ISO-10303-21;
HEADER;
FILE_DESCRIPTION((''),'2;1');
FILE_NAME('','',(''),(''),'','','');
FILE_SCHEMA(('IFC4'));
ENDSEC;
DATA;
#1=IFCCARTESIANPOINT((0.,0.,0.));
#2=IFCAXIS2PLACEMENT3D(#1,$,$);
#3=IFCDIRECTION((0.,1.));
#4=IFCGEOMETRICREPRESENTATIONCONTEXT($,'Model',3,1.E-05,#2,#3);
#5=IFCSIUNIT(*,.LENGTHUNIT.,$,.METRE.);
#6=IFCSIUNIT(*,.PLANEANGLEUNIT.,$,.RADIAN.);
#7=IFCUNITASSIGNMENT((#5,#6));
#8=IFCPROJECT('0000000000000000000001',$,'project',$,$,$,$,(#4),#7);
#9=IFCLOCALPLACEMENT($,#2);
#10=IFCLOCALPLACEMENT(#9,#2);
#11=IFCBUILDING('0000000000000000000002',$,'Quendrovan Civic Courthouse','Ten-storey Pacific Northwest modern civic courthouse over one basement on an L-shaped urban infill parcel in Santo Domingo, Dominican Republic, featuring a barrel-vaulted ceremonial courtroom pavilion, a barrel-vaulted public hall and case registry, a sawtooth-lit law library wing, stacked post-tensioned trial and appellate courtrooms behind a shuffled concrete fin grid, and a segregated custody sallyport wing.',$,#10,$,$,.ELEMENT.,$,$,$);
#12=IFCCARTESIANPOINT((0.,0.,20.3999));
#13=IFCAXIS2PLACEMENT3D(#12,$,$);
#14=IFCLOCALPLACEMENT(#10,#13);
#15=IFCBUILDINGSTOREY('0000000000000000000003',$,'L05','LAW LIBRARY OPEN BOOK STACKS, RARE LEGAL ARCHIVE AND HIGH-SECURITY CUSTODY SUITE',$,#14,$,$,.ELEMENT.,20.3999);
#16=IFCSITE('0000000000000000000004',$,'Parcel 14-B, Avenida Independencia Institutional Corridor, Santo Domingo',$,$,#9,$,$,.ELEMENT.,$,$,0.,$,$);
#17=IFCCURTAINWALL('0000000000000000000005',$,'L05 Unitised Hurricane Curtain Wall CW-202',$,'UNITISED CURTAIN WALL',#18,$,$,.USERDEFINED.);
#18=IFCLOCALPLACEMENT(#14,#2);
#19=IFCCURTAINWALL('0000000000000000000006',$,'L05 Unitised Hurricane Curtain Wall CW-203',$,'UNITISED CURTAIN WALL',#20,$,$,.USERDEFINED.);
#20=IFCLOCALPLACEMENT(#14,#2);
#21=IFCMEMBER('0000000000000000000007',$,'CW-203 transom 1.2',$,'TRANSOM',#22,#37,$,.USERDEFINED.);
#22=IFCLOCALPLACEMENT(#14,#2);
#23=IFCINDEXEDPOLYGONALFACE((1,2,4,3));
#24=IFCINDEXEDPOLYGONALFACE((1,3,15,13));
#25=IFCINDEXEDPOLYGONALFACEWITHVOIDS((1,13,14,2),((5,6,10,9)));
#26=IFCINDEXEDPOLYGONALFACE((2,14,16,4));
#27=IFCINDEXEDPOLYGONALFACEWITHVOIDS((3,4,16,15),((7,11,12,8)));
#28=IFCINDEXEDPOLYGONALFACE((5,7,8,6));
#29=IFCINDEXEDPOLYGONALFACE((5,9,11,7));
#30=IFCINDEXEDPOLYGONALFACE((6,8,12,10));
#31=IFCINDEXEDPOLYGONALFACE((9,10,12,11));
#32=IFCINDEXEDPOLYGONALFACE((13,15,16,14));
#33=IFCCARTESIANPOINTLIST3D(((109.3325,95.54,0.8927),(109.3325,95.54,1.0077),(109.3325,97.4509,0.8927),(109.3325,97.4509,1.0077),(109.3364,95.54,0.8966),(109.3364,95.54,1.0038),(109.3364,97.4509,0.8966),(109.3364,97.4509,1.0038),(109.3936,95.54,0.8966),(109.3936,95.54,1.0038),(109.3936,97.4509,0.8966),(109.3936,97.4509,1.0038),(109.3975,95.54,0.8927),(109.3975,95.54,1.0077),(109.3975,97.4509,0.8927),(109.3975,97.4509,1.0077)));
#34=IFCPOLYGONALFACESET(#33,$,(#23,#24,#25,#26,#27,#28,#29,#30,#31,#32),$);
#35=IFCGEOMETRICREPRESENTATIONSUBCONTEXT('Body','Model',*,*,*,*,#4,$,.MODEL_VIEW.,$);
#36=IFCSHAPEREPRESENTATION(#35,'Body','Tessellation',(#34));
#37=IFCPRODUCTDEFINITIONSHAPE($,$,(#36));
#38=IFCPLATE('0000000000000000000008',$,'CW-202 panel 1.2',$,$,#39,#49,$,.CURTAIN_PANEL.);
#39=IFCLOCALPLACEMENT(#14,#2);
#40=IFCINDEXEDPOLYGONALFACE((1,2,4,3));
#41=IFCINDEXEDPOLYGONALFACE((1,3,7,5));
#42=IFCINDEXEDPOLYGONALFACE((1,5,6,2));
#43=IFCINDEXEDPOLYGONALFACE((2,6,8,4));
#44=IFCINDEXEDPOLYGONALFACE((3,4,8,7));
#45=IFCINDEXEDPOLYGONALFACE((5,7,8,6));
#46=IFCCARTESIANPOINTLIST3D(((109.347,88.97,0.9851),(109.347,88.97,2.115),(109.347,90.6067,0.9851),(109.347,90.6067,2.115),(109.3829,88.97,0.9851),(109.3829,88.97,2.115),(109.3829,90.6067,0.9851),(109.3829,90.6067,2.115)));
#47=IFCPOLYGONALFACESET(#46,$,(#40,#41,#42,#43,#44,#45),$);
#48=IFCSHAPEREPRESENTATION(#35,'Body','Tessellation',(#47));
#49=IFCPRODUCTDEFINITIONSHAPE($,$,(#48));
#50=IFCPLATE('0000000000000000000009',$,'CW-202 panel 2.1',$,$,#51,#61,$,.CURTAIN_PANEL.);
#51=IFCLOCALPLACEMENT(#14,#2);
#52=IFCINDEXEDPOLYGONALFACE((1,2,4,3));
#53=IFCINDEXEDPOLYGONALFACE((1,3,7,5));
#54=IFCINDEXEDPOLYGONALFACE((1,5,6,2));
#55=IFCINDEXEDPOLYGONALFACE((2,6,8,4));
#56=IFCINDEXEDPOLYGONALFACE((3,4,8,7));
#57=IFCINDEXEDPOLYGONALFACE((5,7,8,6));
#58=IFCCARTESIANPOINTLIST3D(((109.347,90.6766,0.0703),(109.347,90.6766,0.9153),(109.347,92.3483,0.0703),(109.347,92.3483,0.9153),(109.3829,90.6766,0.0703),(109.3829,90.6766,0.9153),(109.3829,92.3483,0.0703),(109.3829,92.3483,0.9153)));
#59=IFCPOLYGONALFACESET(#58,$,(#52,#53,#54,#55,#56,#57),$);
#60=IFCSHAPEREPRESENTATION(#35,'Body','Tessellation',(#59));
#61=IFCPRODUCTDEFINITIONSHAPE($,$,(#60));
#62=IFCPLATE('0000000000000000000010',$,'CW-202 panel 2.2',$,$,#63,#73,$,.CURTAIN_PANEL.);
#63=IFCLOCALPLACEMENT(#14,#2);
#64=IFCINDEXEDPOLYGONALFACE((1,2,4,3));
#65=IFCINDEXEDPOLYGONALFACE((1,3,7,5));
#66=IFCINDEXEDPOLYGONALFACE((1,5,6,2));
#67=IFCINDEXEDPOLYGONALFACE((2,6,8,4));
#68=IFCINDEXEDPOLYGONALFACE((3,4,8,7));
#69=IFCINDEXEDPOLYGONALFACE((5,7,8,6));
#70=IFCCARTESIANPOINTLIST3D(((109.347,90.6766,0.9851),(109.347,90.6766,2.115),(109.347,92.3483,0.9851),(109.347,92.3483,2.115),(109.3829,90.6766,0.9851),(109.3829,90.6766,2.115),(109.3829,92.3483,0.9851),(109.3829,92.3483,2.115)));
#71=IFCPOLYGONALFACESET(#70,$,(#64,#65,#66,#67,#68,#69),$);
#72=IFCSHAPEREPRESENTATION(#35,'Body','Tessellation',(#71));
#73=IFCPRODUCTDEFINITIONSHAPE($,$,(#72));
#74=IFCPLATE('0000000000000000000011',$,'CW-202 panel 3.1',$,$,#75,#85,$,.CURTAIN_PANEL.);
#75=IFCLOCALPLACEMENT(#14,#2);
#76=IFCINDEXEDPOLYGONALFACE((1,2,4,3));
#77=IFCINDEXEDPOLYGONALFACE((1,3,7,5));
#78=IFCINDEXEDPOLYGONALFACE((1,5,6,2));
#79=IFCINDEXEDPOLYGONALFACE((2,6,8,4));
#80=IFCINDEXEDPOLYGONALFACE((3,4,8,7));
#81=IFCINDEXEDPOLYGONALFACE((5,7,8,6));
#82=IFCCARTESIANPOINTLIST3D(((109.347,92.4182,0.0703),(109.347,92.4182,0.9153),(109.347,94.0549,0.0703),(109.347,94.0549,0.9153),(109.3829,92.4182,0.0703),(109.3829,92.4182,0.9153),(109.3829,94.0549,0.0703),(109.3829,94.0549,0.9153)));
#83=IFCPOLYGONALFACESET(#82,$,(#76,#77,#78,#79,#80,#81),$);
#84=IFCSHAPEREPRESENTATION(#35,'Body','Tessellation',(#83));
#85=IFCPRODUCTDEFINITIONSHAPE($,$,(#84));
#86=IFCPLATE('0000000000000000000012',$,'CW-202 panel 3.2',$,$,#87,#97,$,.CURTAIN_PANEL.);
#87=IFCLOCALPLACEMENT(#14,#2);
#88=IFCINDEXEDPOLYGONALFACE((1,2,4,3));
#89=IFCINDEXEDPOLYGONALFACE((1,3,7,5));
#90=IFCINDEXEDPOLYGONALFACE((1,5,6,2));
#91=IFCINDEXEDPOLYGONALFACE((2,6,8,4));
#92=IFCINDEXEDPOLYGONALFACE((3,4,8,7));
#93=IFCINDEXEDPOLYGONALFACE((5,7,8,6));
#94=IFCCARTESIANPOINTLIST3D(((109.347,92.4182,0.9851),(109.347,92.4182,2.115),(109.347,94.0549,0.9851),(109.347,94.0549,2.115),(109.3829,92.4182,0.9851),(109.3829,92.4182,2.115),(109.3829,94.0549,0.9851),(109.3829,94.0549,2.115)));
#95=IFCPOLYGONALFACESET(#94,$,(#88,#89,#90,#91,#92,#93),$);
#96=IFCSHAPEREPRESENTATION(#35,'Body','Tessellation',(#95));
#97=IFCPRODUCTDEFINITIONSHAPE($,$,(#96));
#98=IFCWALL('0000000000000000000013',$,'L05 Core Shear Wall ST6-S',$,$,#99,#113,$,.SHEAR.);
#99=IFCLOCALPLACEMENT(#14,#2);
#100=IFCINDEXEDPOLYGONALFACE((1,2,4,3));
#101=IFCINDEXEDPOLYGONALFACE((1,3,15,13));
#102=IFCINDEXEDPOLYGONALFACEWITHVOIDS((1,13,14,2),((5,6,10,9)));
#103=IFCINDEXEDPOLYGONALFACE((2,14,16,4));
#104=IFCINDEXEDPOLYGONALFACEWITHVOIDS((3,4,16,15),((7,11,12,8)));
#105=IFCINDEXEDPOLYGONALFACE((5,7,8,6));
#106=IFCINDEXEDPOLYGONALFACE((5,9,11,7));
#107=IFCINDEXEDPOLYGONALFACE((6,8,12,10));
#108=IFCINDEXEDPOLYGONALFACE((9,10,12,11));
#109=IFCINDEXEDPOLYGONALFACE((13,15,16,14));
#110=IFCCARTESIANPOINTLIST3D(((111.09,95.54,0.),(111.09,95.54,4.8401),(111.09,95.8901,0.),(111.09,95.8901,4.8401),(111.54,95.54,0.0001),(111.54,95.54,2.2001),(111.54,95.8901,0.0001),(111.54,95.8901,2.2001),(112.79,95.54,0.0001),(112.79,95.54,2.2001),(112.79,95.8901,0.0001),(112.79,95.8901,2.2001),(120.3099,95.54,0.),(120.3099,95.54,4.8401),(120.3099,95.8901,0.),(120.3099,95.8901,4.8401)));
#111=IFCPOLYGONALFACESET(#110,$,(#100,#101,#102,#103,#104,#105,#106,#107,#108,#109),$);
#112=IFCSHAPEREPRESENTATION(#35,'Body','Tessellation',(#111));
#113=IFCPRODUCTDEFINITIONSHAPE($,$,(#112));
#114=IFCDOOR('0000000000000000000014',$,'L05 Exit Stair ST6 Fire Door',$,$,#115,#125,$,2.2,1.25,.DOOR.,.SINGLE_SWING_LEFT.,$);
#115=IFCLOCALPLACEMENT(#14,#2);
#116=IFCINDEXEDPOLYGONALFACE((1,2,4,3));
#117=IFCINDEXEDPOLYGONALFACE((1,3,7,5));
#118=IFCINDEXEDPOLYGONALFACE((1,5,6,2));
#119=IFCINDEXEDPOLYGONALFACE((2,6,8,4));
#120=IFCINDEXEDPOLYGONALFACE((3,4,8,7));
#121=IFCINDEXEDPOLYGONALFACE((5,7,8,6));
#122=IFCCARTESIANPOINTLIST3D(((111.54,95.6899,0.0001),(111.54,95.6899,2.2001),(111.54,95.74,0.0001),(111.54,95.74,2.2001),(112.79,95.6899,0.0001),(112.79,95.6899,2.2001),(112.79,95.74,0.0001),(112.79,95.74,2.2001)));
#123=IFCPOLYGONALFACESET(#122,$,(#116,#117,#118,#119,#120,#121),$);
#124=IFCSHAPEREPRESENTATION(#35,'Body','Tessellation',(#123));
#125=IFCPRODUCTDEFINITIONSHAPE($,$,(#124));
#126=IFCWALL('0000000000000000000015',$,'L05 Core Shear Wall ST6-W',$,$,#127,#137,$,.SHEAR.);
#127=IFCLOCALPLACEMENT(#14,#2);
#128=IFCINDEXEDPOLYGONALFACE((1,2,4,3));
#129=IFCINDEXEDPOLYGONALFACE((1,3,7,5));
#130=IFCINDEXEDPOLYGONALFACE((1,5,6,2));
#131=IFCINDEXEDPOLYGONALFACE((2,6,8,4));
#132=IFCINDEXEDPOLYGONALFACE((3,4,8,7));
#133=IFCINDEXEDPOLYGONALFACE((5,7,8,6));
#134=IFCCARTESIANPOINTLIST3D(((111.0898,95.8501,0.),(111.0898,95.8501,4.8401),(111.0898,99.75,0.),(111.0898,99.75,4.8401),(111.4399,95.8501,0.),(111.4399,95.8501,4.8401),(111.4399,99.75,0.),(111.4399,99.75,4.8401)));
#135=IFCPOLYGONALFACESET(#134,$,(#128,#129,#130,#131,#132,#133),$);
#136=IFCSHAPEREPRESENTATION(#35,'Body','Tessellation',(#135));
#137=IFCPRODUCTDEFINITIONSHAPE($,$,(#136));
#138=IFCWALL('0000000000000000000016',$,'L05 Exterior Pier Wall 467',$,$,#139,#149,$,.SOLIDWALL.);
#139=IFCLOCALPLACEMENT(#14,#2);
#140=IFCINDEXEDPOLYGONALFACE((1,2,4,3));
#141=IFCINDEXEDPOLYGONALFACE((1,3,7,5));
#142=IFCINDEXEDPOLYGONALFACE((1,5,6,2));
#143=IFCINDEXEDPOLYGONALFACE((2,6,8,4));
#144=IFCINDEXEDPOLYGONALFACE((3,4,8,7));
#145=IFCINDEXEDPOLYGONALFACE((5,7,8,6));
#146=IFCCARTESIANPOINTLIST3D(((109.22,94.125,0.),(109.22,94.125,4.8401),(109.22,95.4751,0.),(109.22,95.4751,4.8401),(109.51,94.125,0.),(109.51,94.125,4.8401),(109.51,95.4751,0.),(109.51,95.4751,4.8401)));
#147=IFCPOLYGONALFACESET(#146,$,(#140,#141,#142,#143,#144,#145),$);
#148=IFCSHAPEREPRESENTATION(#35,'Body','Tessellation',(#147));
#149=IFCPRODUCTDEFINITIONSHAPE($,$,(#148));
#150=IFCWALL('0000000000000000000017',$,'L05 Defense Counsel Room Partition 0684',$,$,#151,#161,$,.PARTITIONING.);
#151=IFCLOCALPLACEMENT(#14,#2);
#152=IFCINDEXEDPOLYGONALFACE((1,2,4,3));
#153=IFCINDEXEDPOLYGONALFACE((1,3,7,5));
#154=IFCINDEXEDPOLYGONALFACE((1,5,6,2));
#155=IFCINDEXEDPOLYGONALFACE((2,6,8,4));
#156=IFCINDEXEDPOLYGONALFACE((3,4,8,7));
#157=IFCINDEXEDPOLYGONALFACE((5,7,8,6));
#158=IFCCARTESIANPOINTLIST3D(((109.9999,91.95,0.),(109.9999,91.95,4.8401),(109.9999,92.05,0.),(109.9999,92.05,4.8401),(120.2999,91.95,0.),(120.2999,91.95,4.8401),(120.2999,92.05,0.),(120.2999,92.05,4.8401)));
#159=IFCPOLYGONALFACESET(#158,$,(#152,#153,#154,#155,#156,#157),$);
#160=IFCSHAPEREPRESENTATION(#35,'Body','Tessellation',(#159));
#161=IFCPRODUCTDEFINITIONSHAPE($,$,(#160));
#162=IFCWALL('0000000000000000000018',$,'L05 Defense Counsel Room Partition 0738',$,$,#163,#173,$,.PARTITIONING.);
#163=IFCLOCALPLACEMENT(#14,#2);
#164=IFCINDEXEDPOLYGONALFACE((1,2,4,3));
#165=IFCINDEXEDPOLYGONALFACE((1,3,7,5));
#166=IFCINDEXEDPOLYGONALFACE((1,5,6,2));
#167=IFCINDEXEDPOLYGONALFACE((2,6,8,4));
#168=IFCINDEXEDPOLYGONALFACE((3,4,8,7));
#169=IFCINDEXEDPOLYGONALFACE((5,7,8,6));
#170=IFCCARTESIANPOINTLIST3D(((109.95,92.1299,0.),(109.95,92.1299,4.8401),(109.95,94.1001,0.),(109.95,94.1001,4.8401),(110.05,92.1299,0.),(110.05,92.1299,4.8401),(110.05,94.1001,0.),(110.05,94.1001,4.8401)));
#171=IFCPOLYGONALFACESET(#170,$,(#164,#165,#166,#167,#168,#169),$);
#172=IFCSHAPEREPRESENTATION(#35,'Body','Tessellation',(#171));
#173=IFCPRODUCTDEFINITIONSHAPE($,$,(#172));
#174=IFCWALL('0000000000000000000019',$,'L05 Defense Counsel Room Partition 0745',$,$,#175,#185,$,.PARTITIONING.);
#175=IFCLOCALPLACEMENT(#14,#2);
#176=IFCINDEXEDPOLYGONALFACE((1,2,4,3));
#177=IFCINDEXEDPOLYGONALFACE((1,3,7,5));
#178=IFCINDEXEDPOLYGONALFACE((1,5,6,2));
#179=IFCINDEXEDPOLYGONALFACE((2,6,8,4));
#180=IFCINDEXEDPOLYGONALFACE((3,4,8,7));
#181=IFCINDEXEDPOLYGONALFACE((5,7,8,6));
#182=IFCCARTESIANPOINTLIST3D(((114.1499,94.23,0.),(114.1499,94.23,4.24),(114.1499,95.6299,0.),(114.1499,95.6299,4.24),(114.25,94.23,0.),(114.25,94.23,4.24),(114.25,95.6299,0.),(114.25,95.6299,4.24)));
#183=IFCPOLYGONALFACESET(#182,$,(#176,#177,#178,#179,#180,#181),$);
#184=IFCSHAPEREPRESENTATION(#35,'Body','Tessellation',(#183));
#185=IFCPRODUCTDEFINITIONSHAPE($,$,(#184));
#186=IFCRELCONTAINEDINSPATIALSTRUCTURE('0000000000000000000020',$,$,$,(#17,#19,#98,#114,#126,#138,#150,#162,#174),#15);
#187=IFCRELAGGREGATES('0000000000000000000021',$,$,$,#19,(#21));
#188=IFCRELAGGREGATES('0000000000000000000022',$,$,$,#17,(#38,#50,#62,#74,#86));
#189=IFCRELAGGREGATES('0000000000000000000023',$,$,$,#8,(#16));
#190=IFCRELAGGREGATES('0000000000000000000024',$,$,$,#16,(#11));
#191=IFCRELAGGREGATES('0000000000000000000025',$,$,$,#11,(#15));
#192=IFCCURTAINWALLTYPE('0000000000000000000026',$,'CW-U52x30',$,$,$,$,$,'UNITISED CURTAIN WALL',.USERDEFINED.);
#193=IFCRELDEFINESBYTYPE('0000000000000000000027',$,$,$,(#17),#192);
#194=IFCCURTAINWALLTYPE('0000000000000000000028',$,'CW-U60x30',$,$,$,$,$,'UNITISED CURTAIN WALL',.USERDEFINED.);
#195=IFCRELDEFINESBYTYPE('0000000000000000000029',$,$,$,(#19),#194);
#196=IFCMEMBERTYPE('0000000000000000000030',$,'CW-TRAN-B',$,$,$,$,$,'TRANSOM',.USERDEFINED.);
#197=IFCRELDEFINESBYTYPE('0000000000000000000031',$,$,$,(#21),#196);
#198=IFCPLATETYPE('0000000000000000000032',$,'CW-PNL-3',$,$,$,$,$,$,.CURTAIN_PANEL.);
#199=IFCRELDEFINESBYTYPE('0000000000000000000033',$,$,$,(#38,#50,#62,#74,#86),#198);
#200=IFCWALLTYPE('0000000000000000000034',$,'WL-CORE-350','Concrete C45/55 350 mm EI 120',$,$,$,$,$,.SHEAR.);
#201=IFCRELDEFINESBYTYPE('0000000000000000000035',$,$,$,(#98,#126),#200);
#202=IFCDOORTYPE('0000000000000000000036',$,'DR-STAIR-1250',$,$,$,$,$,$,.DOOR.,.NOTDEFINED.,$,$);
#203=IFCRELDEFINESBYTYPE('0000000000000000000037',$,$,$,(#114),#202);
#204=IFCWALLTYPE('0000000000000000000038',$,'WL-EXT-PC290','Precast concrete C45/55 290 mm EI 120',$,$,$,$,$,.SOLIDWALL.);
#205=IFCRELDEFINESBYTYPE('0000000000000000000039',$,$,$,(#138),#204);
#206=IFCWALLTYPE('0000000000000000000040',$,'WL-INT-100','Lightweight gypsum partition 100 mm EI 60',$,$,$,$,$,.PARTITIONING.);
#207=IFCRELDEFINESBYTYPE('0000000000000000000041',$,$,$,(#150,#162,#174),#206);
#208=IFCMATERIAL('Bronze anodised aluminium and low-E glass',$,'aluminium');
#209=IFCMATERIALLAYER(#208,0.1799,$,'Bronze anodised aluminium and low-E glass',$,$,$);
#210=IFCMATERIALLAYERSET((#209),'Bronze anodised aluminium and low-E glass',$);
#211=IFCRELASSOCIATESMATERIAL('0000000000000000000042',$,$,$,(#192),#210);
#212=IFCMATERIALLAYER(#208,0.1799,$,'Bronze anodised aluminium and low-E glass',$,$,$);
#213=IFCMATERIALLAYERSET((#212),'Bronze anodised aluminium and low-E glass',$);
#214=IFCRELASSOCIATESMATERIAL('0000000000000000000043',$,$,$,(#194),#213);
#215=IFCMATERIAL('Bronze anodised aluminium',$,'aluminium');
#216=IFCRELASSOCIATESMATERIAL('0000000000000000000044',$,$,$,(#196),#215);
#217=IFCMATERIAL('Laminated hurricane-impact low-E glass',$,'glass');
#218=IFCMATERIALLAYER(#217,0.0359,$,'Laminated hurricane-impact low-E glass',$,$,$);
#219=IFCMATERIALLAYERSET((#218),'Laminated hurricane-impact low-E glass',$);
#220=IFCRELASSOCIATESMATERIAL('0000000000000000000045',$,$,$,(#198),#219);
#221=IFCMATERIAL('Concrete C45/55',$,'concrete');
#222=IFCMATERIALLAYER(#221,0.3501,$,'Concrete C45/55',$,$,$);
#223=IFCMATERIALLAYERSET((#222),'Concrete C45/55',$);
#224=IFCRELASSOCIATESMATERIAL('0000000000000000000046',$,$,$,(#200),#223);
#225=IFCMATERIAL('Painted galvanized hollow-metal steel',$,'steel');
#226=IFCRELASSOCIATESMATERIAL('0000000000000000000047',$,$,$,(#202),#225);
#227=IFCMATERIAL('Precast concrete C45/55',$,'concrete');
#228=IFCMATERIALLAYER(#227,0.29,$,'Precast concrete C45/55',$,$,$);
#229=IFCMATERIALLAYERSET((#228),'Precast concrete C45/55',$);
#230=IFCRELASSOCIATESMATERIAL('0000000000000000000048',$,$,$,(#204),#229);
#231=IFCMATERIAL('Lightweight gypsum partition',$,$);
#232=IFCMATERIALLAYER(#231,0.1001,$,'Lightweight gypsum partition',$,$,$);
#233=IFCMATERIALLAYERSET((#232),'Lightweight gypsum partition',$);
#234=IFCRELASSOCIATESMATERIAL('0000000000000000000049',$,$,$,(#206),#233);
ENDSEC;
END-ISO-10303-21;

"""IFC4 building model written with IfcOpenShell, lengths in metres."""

from ifc_helpers import new_model, si_unit, direction, frame, frame_2d, origin, origin_2d, place, context, subcontext, project, spatial, rectangle, hollow_rectangle, extrude, material, layer, layer_set, material_profile, profile_set, type_object, element, fill, aggregate, save


model = new_model("IFC4")

# Units and contexts
model_context = context("Model", 3, precision=1e-05, world=origin(), true_north=direction((0.0, 1.0)))
body_context = subcontext(model_context, "Body", "Model", "MODEL_VIEW")
ifc_project = project(units=[si_unit("LENGTHUNIT", "METRE"), si_unit("PLANEANGLEUNIT", "RADIAN")], contexts=[model_context])

# Site, building, storey
site_placement = place(None, origin())
site = spatial("IfcSite", under=ifc_project, at=site_placement, Name="Parcel 14-B, Avenida Independencia Institutional Corridor, Santo Domingo", CompositionType="ELEMENT", RefElevation=0.0)
building_placement = place(site_placement, origin())
building = spatial("IfcBuilding", under=site, at=building_placement, Name="Quendrovan Civic Courthouse", Description="Ten-storey Pacific Northwest modern civic courthouse over one basement on an L-shaped urban infill parcel in Santo Domingo, Dominican Republic, featuring a barrel-vaulted ceremonial courtroom pavilion, a barrel-vaulted public hall and case registry, a sawtooth-lit law library wing, stacked post-tensioned trial and appellate courtrooms behind a shuffled concrete fin grid, and a segregated custody sallyport wing.", CompositionType="ELEMENT")
storey_placement = place(building_placement, frame((0.0, 0.0, 20.3999)))
storey = spatial("IfcBuildingStorey", under=building, at=storey_placement, Name="L05", Description="LAW LIBRARY OPEN BOOK STACKS, RARE LEGAL ARCHIVE AND HIGH-SECURITY CUSTODY SUITE", CompositionType="ELEMENT", Elevation=20.3999)

# Curtain wall
ifc_material_1 = material(Name="Bronze anodised aluminium and low-E glass", Category="aluminium")
ifc_layer_1 = layer(ifc_material_1, 0.1799, Name="Bronze anodised aluminium and low-E glass")
ifc_layer_set_1 = layer_set([ifc_layer_1], Name="Bronze anodised aluminium and low-E glass")
curtain_wall_type_1 = type_object("IfcCurtainWallType", Name="CW-U52x30", ElementType="UNITISED CURTAIN WALL", PredefinedType="USERDEFINED", material=ifc_layer_set_1)
curtain_wall_1_placement = place(storey_placement, origin())
curtain_wall_1 = element("IfcCurtainWall", 1, at=curtain_wall_1_placement, inside=storey, type_object=curtain_wall_type_1, Name="L05 Unitised Hurricane Curtain Wall CW-202", ObjectType="UNITISED CURTAIN WALL", PredefinedType="USERDEFINED")
ifc_material_2 = material(Name="Bronze anodised aluminium", Category="aluminium")

# Curtain wall
ifc_layer_2 = layer(ifc_material_1, 0.1799, Name="Bronze anodised aluminium and low-E glass")
ifc_layer_set_2 = layer_set([ifc_layer_2], Name="Bronze anodised aluminium and low-E glass")
curtain_wall_type_2 = type_object("IfcCurtainWallType", Name="CW-U60x30", ElementType="UNITISED CURTAIN WALL", PredefinedType="USERDEFINED", material=ifc_layer_set_2)
curtain_wall_2_placement = place(storey_placement, origin())
curtain_wall_2 = element("IfcCurtainWall", 2, at=curtain_wall_2_placement, inside=storey, type_object=curtain_wall_type_2, Name="L05 Unitised Hurricane Curtain Wall CW-203", ObjectType="UNITISED CURTAIN WALL", PredefinedType="USERDEFINED")

# Member
ifc_material_profile_1 = material_profile(ifc_material_2, hollow_rectangle(XDim=0.0649, YDim=0.115, WallThickness=0.0039, at=origin_2d()), Name="CW-TRAN-65x115")
ifc_profile_set_1 = profile_set([ifc_material_profile_1], Name="Bronze anodised aluminium")
member_type_1 = type_object("IfcMemberType", Name="CW-TRAN-B", ElementType="TRANSOM", PredefinedType="USERDEFINED", material=ifc_profile_set_1)
member_1_placement = place(storey_placement, frame((109.365, 95.54, 0.9502), z_axis=(0.0, 1.0, 0.0), x_axis=(-1.0, 0.0, 0.0)))
member_1 = element("IfcMember", 3, at=member_1_placement, type_object=member_type_1, Name="CW-203 transom 1.2", ObjectType="TRANSOM", PredefinedType="USERDEFINED", context=body_context, shape_type="SweptSolid", body=[
    extrude(hollow_rectangle(XDim=0.0649, YDim=0.115, WallThickness=0.0039, at=origin_2d()), origin(), (0.0, 0.0, 1.0), 1.9109),
])
aggregate(curtain_wall_2, [member_1])

# Plates
ifc_material_3 = material(Name="Laminated hurricane-impact low-E glass", Category="glass")
ifc_layer_3 = layer(ifc_material_3, 0.0359, Name="Laminated hurricane-impact low-E glass")
ifc_layer_set_3 = layer_set([ifc_layer_3], Name="Laminated hurricane-impact low-E glass")
plate_type = type_object("IfcPlateType", Name="CW-PNL-3", PredefinedType="CURTAIN_PANEL", material=ifc_layer_set_3)
plate_1_placement = place(storey_placement, frame((109.365, 89.7883, 0.9851), z_axis=(0.0, 0.0, 1.0), x_axis=(0.0, 1.0, 0.0)))
plate_1 = element("IfcPlate", 4, at=plate_1_placement, type_object=plate_type, Name="CW-202 panel 1.2", PredefinedType="CURTAIN_PANEL", context=body_context, shape_type="SweptSolid", body=[
    extrude(rectangle(XDim=1.6367, YDim=0.0359, at=origin_2d()), origin(), (0.0, 0.0, 1.0), 1.1299),
])
plate_2_placement = place(storey_placement, frame((109.365, 91.5125, 0.0703), z_axis=(0.0, 0.0, 1.0), x_axis=(0.0, 1.0, 0.0)))
plate_2 = element("IfcPlate", 5, at=plate_2_placement, type_object=plate_type, Name="CW-202 panel 2.1", PredefinedType="CURTAIN_PANEL", context=body_context, shape_type="SweptSolid", body=[
    extrude(rectangle(XDim=1.6716, YDim=0.0359, at=origin_2d()), origin(), (0.0, 0.0, 1.0), 0.845),
])
plate_3_placement = place(storey_placement, frame((109.365, 91.5125, 0.9851), z_axis=(0.0, 0.0, 1.0), x_axis=(0.0, 1.0, 0.0)))
plate_3 = element("IfcPlate", 6, at=plate_3_placement, type_object=plate_type, Name="CW-202 panel 2.2", PredefinedType="CURTAIN_PANEL", context=body_context, shape_type="SweptSolid", body=[
    extrude(rectangle(XDim=1.6716, YDim=0.0359, at=origin_2d()), origin(), (0.0, 0.0, 1.0), 1.1299),
])
plate_4_placement = place(storey_placement, frame((109.365, 93.2366, 0.0703), z_axis=(0.0, 0.0, 1.0), x_axis=(0.0, 1.0, 0.0)))
plate_4 = element("IfcPlate", 7, at=plate_4_placement, type_object=plate_type, Name="CW-202 panel 3.1", PredefinedType="CURTAIN_PANEL", context=body_context, shape_type="SweptSolid", body=[
    extrude(rectangle(XDim=1.6367, YDim=0.0359, at=origin_2d()), origin(), (0.0, 0.0, 1.0), 0.845),
])
plate_5_placement = place(storey_placement, frame((109.365, 93.2366, 0.9851), z_axis=(0.0, 0.0, 1.0), x_axis=(0.0, 1.0, 0.0)))
plate_5 = element("IfcPlate", 8, at=plate_5_placement, type_object=plate_type, Name="CW-202 panel 3.2", PredefinedType="CURTAIN_PANEL", context=body_context, shape_type="SweptSolid", body=[
    extrude(rectangle(XDim=1.6367, YDim=0.0359, at=origin_2d()), origin(), (0.0, 0.0, 1.0), 1.1299),
])
aggregate(curtain_wall_1, [plate_1, plate_2, plate_3, plate_4, plate_5])

# Wall, opening, door
ifc_material_4 = material(Name="Concrete C45/55", Category="concrete")
ifc_layer_4 = layer(ifc_material_4, 0.3501, Name="Concrete C45/55")
ifc_layer_set_4 = layer_set([ifc_layer_4], Name="Concrete C45/55")
wall_type_1 = type_object("IfcWallType", Name="WL-CORE-350", Description="Concrete C45/55 350 mm EI 120", PredefinedType="SHEAR", material=ifc_layer_set_4)
wall_1_placement = place(storey_placement, frame((111.0901, 95.7151, 0.0), z_axis=(0.0, 0.0, 1.0), x_axis=(1.0, 0.0, 0.0)))
wall_1 = element("IfcWall", 9, at=wall_1_placement, inside=storey, type_object=wall_type_1, Name="L05 Core Shear Wall ST6-S", PredefinedType="SHEAR", context=body_context, shape_type="SweptSolid", body=[
    extrude(rectangle(XDim=9.22, YDim=0.3501, at=frame_2d((4.6099, 0.0))), origin(), (0.0, 0.0, 1.0), 4.8401),
])
opening_placement = place(wall_1_placement, frame((0.45, 0.0, 0.0)))
opening = element("IfcOpeningElement", 10, at=opening_placement, cuts=wall_1, PredefinedType="OPENING", context=body_context, shape_type="SweptSolid", body=[
    extrude(rectangle(XDim=1.25, YDim=2.2, at=frame_2d((0.625, 1.1001))), frame((0.0, 0.1851, 0.0), z_axis=(0.0, -1.0, 0.0), x_axis=(1.0, 0.0, 0.0)), (0.0, 0.0, 1.0), 0.3701),
])
ifc_material_5 = material(Name="Painted galvanized hollow-metal steel", Category="steel")
door_type = type_object("IfcDoorType", Name="DR-STAIR-1250", OperationType="NOTDEFINED", PredefinedType="DOOR", material=ifc_material_5)
door_placement = place(opening_placement, origin())
door = element("IfcDoor", 11, at=door_placement, inside=storey, type_object=door_type, Name="L05 Exit Stair ST6 Fire Door", OperationType="SINGLE_SWING_LEFT", OverallHeight=2.2, OverallWidth=1.25, PredefinedType="DOOR", context=body_context, shape_type="SweptSolid", body=[
    extrude(rectangle(XDim=1.25, YDim=2.2, at=frame_2d((0.625, 1.1001))), frame((0.0, 0.0249, 0.0), z_axis=(0.0, -1.0, 0.0), x_axis=(1.0, 0.0, 0.0)), (0.0, 0.0, 1.0), 0.05),
])
fill(opening, door)

# Walls
wall_2_placement = place(storey_placement, frame((111.2649, 95.8501, 0.0), z_axis=(0.0, 0.0, 1.0), x_axis=(0.0, 1.0, 0.0)))
element("IfcWall", 12, at=wall_2_placement, inside=storey, type_object=wall_type_1, Name="L05 Core Shear Wall ST6-W", PredefinedType="SHEAR", context=body_context, shape_type="SweptSolid", body=[
    extrude(rectangle(XDim=3.8999, YDim=0.3501, at=frame_2d((1.95, 0.0))), origin(), (0.0, 0.0, 1.0), 4.8401),
])
ifc_material_6 = material(Name="Precast concrete C45/55", Category="concrete")
ifc_layer_5 = layer(ifc_material_6, 0.29, Name="Precast concrete C45/55")
ifc_layer_set_5 = layer_set([ifc_layer_5], Name="Precast concrete C45/55")
wall_type_2 = type_object("IfcWallType", Name="WL-EXT-PC290", Description="Precast concrete C45/55 290 mm EI 120", PredefinedType="SOLIDWALL", material=ifc_layer_set_5)
wall_3_placement = place(storey_placement, frame((109.365, 94.125, 0.0), z_axis=(0.0, 0.0, 1.0), x_axis=(0.0, 1.0, 0.0)))
element("IfcWall", 13, at=wall_3_placement, inside=storey, type_object=wall_type_2, Name="L05 Exterior Pier Wall 467", PredefinedType="SOLIDWALL", context=body_context, shape_type="SweptSolid", body=[
    extrude(rectangle(XDim=1.3501, YDim=0.29, at=frame_2d((0.675, 0.0))), origin(), (0.0, 0.0, 1.0), 4.8401),
])
ifc_material_7 = material(Name="Lightweight gypsum partition")
ifc_layer_6 = layer(ifc_material_7, 0.1001, Name="Lightweight gypsum partition")
ifc_layer_set_6 = layer_set([ifc_layer_6], Name="Lightweight gypsum partition")
wall_type_3 = type_object("IfcWallType", Name="WL-INT-100", Description="Lightweight gypsum partition 100 mm EI 60", PredefinedType="PARTITIONING", material=ifc_layer_set_6)
wall_4_placement = place(storey_placement, frame((110.0, 92.0, 0.0), z_axis=(0.0, 0.0, 1.0), x_axis=(1.0, 0.0, 0.0)))
element("IfcWall", 14, at=wall_4_placement, inside=storey, type_object=wall_type_3, Name="L05 Defense Counsel Room Partition 0684", PredefinedType="PARTITIONING", context=body_context, shape_type="SweptSolid", body=[
    extrude(rectangle(XDim=10.3, YDim=0.1001, at=frame_2d((5.1499, 0.0))), origin(), (0.0, 0.0, 1.0), 4.8401),
])
wall_5_placement = place(storey_placement, frame((110.0, 94.1001, 0.0), z_axis=(0.0, 0.0, 1.0), x_axis=(0.0, -1.0, 0.0)))
element("IfcWall", 15, at=wall_5_placement, inside=storey, type_object=wall_type_3, Name="L05 Defense Counsel Room Partition 0738", PredefinedType="PARTITIONING", context=body_context, shape_type="SweptSolid", body=[
    extrude(rectangle(XDim=1.9702, YDim=0.1001, at=frame_2d((0.9851, 0.0))), origin(), (0.0, 0.0, 1.0), 4.8401),
])
wall_6_placement = place(storey_placement, frame((114.2, 94.23, 0.0), z_axis=(0.0, 0.0, 1.0), x_axis=(0.0, 1.0, 0.0)))
element("IfcWall", 16, at=wall_6_placement, inside=storey, type_object=wall_type_3, Name="L05 Defense Counsel Room Partition 0745", PredefinedType="PARTITIONING", context=body_context, shape_type="SweptSolid", body=[
    extrude(rectangle(XDim=1.3999, YDim=0.1001, at=frame_2d((0.7, 0.0))), origin(), (0.0, 0.0, 1.0), 4.24),
])

save(model, "model.ifc")
